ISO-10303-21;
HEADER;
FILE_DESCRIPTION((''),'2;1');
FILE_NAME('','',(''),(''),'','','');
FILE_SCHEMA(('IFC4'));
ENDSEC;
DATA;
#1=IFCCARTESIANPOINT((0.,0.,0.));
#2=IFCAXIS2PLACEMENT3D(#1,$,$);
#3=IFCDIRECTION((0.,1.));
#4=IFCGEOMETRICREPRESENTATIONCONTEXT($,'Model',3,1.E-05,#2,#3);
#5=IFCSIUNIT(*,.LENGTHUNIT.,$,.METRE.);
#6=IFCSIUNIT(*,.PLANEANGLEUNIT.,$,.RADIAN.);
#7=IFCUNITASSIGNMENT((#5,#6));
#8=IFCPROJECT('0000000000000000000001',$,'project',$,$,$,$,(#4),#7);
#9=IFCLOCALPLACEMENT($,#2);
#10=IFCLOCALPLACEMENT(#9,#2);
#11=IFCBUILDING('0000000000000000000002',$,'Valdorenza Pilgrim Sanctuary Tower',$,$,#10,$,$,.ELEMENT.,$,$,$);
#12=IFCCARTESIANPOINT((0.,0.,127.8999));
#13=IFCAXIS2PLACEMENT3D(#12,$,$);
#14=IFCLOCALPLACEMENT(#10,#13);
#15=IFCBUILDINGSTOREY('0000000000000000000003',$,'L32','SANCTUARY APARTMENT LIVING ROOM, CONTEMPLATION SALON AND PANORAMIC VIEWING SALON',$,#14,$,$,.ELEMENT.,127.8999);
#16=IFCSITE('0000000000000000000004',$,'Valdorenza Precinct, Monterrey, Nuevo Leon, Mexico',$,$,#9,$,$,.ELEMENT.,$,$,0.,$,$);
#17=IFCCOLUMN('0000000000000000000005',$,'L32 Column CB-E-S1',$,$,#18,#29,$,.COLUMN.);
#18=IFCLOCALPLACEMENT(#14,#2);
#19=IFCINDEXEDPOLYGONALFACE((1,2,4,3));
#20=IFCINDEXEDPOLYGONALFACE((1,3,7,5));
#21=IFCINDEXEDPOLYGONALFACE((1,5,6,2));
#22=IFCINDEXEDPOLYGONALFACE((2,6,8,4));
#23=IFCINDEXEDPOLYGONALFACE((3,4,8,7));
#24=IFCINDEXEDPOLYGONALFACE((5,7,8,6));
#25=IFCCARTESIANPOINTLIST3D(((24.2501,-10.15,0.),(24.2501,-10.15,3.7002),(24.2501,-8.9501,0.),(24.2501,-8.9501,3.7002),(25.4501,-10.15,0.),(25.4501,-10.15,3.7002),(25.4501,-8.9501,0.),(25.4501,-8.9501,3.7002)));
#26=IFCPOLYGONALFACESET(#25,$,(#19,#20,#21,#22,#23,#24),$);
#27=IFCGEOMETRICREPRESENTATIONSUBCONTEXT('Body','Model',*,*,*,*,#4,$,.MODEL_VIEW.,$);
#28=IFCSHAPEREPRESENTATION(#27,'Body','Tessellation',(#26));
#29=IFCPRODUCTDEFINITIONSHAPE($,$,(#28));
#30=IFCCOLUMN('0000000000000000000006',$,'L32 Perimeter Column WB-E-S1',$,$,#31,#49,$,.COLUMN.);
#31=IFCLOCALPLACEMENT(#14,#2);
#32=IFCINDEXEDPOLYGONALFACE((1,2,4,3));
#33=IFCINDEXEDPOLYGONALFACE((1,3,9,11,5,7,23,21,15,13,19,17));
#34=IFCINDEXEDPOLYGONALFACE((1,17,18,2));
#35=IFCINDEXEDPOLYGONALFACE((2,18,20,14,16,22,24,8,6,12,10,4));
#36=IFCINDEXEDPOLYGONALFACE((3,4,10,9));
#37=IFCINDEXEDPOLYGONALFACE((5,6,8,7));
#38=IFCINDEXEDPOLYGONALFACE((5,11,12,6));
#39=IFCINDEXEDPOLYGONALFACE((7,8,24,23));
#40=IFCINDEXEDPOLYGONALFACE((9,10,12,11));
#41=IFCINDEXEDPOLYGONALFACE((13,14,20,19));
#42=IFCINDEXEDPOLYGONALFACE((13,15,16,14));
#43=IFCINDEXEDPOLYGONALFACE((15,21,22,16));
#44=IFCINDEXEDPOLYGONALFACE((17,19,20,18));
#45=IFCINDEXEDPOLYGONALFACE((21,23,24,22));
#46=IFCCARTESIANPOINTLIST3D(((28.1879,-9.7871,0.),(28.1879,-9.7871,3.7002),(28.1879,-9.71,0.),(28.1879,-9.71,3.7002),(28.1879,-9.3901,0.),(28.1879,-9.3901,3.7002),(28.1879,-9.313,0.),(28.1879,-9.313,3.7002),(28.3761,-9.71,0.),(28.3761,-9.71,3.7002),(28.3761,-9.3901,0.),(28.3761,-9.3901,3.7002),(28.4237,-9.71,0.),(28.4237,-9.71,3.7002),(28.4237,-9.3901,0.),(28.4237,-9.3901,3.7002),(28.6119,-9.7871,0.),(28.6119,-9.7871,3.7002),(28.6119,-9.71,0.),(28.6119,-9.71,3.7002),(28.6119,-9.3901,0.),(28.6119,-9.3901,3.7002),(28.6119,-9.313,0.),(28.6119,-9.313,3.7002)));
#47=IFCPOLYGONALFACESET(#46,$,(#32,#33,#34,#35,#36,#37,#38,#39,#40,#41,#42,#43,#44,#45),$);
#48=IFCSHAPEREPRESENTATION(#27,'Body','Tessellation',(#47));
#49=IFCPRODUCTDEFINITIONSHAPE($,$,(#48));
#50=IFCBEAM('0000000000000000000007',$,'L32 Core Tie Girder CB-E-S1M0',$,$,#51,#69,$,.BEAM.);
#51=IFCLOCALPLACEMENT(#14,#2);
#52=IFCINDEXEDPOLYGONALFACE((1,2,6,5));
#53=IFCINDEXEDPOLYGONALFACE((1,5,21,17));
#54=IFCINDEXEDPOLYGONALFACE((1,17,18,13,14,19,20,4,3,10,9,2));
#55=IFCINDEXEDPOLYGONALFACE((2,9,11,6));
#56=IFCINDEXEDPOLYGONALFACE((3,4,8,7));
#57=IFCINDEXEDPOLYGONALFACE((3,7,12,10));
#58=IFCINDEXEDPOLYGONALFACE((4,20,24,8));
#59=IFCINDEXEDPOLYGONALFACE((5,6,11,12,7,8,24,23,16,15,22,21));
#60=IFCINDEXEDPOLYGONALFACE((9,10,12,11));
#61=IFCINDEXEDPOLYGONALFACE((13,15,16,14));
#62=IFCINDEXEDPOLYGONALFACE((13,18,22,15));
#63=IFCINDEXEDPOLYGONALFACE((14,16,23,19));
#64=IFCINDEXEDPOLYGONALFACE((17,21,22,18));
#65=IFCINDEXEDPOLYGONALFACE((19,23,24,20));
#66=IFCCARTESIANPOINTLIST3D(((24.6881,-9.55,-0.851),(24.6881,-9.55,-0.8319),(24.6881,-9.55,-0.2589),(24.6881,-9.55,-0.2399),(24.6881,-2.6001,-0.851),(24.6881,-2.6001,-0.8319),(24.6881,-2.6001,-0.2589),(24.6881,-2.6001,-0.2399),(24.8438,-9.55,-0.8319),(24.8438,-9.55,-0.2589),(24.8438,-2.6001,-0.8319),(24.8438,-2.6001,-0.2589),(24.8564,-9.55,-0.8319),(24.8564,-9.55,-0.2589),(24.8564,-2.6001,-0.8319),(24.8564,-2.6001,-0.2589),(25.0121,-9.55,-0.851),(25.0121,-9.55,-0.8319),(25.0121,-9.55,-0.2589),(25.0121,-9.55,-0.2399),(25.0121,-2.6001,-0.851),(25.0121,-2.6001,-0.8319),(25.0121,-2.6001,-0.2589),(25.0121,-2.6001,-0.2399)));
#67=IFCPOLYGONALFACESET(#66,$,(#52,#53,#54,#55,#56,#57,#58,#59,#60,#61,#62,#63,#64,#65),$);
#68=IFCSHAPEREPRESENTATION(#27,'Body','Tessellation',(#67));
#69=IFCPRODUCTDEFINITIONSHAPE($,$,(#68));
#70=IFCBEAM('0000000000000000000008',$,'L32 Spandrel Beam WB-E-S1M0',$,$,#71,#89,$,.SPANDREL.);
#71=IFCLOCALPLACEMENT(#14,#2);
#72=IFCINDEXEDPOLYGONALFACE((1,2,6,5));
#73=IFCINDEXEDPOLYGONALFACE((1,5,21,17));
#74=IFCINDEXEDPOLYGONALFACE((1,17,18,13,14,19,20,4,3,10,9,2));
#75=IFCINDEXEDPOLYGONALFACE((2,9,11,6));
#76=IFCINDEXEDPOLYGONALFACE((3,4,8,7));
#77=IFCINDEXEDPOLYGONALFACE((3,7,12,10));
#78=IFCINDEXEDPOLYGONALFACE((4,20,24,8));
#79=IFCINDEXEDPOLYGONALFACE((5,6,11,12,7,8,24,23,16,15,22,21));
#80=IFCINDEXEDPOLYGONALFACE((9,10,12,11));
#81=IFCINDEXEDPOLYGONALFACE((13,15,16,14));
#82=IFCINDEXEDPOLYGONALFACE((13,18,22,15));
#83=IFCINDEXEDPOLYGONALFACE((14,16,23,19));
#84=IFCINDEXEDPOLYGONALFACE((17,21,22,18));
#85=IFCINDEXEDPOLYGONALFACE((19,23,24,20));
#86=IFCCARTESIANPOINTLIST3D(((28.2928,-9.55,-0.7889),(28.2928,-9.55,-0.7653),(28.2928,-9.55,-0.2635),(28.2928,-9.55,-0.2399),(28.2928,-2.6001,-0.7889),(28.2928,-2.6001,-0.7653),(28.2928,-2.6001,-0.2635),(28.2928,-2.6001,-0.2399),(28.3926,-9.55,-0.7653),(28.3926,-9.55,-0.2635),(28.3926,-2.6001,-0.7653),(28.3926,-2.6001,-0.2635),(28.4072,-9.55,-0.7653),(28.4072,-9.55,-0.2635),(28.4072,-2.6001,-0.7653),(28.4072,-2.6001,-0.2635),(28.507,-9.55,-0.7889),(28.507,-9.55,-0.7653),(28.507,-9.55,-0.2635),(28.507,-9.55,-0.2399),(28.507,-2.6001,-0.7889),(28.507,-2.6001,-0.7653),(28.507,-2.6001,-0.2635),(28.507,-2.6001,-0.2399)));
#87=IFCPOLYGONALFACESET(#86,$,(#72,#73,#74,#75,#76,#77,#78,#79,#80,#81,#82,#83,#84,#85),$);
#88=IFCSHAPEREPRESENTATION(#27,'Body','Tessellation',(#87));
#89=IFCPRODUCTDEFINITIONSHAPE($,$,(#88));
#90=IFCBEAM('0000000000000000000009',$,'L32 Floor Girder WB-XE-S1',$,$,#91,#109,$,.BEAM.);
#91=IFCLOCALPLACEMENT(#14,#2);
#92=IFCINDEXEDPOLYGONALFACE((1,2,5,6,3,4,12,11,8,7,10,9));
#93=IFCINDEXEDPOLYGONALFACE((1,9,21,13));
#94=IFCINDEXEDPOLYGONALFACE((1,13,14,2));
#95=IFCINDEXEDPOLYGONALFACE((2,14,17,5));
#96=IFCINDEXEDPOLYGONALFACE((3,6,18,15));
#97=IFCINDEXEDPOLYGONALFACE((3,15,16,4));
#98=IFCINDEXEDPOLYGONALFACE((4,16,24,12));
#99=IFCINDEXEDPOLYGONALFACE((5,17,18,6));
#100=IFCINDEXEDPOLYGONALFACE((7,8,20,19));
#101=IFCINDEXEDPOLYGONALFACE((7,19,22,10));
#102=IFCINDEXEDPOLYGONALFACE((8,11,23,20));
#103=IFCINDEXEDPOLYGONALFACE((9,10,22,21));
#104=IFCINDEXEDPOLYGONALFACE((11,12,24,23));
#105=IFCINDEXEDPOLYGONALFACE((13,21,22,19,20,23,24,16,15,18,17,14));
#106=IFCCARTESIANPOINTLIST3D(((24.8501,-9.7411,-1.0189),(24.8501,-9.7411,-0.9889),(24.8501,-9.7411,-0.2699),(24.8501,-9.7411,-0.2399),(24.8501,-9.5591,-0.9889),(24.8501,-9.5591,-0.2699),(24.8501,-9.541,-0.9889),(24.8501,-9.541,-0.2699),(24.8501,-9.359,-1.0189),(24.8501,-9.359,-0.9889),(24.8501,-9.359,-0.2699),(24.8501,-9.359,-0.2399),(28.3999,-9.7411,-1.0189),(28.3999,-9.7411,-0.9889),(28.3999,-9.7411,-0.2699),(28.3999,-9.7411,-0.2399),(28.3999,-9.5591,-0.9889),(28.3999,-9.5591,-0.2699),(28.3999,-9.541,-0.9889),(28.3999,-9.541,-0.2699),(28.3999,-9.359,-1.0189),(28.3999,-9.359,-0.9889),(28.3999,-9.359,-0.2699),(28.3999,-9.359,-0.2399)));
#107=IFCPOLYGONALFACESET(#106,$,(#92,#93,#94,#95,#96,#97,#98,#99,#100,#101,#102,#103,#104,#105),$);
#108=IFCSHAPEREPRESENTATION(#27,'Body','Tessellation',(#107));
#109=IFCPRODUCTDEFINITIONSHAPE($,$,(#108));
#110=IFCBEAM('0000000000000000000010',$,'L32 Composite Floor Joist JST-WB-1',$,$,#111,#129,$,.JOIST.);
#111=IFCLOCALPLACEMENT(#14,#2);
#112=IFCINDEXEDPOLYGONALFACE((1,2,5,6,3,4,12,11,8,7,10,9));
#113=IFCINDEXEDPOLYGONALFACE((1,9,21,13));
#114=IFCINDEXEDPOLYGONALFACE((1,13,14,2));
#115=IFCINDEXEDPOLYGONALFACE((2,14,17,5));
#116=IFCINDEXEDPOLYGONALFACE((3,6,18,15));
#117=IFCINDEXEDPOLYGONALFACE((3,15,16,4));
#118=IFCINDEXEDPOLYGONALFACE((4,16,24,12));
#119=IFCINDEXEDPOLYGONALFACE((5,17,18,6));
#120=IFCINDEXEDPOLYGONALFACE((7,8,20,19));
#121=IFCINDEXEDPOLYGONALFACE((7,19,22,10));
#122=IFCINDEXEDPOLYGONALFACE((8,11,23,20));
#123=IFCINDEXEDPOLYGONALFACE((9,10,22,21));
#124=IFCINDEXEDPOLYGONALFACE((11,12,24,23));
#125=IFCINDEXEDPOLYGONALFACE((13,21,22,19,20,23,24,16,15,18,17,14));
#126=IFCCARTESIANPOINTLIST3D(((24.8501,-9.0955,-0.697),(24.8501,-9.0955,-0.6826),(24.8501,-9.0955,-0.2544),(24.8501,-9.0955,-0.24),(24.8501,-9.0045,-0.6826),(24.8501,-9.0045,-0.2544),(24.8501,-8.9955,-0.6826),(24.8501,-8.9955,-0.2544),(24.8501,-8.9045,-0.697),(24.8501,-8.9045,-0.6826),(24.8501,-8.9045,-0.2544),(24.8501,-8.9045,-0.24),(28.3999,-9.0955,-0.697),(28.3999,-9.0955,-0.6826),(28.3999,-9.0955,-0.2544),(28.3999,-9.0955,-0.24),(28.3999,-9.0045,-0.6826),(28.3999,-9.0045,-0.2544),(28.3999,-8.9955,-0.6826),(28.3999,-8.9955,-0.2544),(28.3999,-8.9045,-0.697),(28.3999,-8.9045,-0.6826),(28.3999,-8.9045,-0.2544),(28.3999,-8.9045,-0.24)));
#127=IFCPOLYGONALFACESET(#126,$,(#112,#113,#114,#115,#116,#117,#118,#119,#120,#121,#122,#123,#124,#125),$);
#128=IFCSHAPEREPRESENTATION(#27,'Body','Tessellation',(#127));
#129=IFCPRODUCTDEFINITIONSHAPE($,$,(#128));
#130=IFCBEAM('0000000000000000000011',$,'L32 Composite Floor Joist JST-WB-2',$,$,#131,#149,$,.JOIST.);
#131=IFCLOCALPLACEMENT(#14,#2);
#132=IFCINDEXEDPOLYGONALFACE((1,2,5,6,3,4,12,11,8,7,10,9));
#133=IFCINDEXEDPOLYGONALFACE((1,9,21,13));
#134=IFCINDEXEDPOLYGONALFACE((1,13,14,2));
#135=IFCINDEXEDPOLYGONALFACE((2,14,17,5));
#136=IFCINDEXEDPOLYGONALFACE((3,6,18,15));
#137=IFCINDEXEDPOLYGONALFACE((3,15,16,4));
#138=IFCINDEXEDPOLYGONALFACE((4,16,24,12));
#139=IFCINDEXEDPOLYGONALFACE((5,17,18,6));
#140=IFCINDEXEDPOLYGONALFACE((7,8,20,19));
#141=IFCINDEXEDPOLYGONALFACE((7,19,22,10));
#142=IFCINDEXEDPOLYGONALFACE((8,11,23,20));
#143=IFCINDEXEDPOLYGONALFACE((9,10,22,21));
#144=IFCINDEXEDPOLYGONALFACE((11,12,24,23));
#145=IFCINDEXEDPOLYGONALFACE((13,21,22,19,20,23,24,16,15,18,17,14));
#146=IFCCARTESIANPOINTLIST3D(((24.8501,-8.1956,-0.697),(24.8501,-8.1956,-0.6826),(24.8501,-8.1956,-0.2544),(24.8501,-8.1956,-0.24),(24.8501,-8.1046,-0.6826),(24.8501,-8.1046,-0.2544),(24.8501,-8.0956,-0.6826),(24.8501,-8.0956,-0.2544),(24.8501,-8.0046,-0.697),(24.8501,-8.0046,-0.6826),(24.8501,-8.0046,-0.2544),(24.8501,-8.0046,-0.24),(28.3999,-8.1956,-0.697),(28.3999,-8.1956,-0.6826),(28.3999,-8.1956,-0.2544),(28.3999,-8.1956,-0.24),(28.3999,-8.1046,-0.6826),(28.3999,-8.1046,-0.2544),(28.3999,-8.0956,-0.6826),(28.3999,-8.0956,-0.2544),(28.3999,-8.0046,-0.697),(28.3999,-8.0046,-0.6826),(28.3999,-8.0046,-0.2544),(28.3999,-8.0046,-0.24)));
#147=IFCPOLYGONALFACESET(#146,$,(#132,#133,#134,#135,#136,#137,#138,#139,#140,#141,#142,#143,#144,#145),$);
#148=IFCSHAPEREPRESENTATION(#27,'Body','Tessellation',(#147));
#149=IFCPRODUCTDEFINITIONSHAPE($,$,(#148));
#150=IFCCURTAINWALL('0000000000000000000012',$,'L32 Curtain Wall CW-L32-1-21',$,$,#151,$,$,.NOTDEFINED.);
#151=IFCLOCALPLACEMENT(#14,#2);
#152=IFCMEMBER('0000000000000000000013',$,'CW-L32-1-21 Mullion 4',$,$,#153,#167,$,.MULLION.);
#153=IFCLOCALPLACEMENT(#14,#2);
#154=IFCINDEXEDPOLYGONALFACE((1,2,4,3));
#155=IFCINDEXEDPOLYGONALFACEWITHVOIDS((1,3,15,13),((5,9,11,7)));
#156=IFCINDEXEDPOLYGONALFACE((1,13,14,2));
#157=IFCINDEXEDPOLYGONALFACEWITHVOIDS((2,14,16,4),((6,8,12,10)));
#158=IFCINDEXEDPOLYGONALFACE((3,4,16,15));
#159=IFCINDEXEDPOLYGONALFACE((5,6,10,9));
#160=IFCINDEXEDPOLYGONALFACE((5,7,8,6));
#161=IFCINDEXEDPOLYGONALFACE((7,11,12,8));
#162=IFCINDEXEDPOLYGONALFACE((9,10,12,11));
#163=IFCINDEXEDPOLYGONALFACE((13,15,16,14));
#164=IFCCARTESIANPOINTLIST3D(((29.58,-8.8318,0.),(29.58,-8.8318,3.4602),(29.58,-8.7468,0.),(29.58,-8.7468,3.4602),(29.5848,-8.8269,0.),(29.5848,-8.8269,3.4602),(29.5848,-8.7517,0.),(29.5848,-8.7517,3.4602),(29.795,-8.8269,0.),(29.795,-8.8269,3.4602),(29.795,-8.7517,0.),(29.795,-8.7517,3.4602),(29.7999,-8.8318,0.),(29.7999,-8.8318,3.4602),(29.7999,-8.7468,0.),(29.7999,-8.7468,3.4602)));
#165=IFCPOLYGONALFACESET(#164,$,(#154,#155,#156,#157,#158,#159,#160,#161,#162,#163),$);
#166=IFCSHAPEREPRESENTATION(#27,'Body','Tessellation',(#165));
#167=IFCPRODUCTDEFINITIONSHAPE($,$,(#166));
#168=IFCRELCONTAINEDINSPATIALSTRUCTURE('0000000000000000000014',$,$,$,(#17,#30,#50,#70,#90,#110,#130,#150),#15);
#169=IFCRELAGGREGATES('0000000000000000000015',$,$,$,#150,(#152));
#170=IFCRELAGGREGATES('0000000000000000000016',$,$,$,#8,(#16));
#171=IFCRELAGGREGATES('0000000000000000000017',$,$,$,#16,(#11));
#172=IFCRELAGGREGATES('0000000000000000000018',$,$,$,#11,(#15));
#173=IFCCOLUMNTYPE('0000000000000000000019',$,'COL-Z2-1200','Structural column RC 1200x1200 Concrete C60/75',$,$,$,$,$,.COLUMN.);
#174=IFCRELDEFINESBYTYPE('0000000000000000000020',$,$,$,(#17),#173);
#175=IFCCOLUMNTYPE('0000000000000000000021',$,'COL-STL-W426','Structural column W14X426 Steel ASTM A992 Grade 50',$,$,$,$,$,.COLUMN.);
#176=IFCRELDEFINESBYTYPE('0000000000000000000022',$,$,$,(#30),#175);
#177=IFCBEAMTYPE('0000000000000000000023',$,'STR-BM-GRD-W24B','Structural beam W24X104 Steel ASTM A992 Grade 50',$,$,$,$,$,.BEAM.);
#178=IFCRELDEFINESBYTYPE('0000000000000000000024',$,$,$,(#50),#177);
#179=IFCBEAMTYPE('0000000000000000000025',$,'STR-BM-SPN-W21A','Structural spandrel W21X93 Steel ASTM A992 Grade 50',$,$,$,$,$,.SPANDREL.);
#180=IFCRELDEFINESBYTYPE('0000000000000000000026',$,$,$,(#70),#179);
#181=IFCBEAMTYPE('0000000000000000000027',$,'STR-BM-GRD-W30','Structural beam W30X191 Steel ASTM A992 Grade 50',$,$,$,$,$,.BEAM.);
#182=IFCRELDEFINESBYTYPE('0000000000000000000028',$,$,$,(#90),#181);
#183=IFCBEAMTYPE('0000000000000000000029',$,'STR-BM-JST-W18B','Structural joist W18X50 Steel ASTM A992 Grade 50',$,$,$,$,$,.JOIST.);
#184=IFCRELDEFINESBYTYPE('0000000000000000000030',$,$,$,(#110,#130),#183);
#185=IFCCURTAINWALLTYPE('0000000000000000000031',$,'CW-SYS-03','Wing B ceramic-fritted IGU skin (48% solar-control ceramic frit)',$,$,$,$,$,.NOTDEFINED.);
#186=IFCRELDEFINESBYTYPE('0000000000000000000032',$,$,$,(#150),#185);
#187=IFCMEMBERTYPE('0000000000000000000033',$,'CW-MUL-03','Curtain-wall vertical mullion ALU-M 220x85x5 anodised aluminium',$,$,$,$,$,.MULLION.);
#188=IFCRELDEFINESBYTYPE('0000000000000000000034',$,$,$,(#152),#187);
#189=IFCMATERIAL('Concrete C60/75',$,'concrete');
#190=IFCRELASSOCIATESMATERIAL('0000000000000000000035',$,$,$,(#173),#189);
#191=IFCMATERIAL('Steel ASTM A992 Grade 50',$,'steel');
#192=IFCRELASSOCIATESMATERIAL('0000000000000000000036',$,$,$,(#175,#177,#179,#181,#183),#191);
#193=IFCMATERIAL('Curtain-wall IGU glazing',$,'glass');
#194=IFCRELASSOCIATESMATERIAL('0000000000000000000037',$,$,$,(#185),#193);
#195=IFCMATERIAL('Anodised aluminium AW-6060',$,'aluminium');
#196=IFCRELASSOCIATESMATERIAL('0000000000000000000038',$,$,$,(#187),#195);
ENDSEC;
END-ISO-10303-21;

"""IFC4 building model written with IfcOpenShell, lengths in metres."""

from ifc_helpers import new_model, si_unit, direction, frame, origin, origin_2d, place, context, subcontext, project, spatial, rectangle, hollow_rectangle, i_section, extrude, source, transform, mapped, material, material_profile, profile_set, type_object, element, aggregate, save


model = new_model("IFC4")

# Units and contexts
model_context = context("Model", 3, precision=1e-05, world=origin(), true_north=direction((0.0, 1.0)))
body_context = subcontext(model_context, "Body", "Model", "MODEL_VIEW")
ifc_project = project(units=[si_unit("LENGTHUNIT", "METRE"), si_unit("PLANEANGLEUNIT", "RADIAN")], contexts=[model_context])

# Site, building, storey
site_placement = place(None, origin())
site = spatial("IfcSite", under=ifc_project, at=site_placement, Name="Valdorenza Precinct, Monterrey, Nuevo Leon, Mexico", CompositionType="ELEMENT", RefElevation=0.0)
building_placement = place(site_placement, origin())
building = spatial("IfcBuilding", under=site, at=building_placement, Name="Valdorenza Pilgrim Sanctuary Tower", CompositionType="ELEMENT")
storey_placement = place(building_placement, frame((0.0, 0.0, 127.8999)))
storey = spatial("IfcBuildingStorey", under=building, at=storey_placement, Name="L32", Description="SANCTUARY APARTMENT LIVING ROOM, CONTEMPLATION SALON AND PANORAMIC VIEWING SALON", CompositionType="ELEMENT", Elevation=127.8999)

# Columns
ifc_material_1 = material(Name="Concrete C60/75", Category="concrete")
ifc_material_profile_1 = material_profile(ifc_material_1, rectangle(XDim=1.2, YDim=1.2, at=origin_2d()), Name="RC 1200x1200")
ifc_profile_set_1 = profile_set([ifc_material_profile_1], Name="Concrete C60/75")
column_type_1 = type_object("IfcColumnType", Name="COL-Z2-1200", Description="Structural column RC 1200x1200 Concrete C60/75", PredefinedType="COLUMN", material=ifc_profile_set_1)
shared_shape_1 = source(origin(), body_context, "Body", "SweptSolid", [
    extrude(rectangle(XDim=1.2, YDim=1.2, at=origin_2d()), origin(), (0.0, 0.0, 1.0), 3.7002),
])
column_1_placement = place(storey_placement, frame((24.8501, -9.55, 0.0), z_axis=(0.0, 0.0, 1.0), x_axis=(1.0, 0.0, 0.0)))
element("IfcColumn", 1, at=column_1_placement, inside=storey, type_object=column_type_1, Name="L32 Column CB-E-S1", PredefinedType="COLUMN", context=body_context, shape_type="MappedRepresentation", body=[
    mapped(shared_shape_1, transform((0.0, 0.0, 0.0), x_axis=(1.0, 0.0, 0.0), y_axis=(0.0, 1.0, 0.0), z_axis=(0.0, 0.0, 1.0), scale=1.0)),
])
ifc_material_2 = material(Name="Steel ASTM A992 Grade 50", Category="steel")
ifc_material_profile_2 = material_profile(ifc_material_2, i_section(OverallWidth=0.4241, OverallDepth=0.4741, WebThickness=0.0476, FlangeThickness=0.0771, at=origin_2d()), Name="W14X426")
ifc_profile_set_2 = profile_set([ifc_material_profile_2], Name="Steel ASTM A992 Grade 50")
column_type_2 = type_object("IfcColumnType", Name="COL-STL-W426", Description="Structural column W14X426 Steel ASTM A992 Grade 50", PredefinedType="COLUMN", material=ifc_profile_set_2)
shared_shape_2 = source(origin(), body_context, "Body", "SweptSolid", [
    extrude(i_section(OverallWidth=0.4241, OverallDepth=0.4741, WebThickness=0.0476, FlangeThickness=0.0771, at=origin_2d()), origin(), (0.0, 0.0, 1.0), 3.7002),
])
column_2_placement = place(storey_placement, frame((28.3999, -9.55, 0.0), z_axis=(0.0, 0.0, 1.0), x_axis=(1.0, 0.0, 0.0)))
element("IfcColumn", 2, at=column_2_placement, inside=storey, type_object=column_type_2, Name="L32 Perimeter Column WB-E-S1", PredefinedType="COLUMN", context=body_context, shape_type="MappedRepresentation", body=[
    mapped(shared_shape_2, transform((0.0, 0.0, 0.0), x_axis=(1.0, 0.0, 0.0), y_axis=(0.0, 1.0, 0.0), z_axis=(0.0, 0.0, 1.0), scale=1.0)),
])

# Beams
ifc_material_profile_3 = material_profile(ifc_material_2, i_section(OverallWidth=0.324, OverallDepth=0.6111, WebThickness=0.0127, FlangeThickness=0.019, at=origin_2d()), Name="W24X104")
ifc_profile_set_3 = profile_set([ifc_material_profile_3], Name="Steel ASTM A992 Grade 50")
beam_type_1 = type_object("IfcBeamType", Name="STR-BM-GRD-W24B", Description="Structural beam W24X104 Steel ASTM A992 Grade 50", PredefinedType="BEAM", material=ifc_profile_set_3)
shared_shape_3 = source(origin(), body_context, "Body", "SweptSolid", [
    extrude(i_section(OverallWidth=0.324, OverallDepth=0.6111, WebThickness=0.0127, FlangeThickness=0.019, at=origin_2d()), origin(), (0.0, 0.0, 1.0), 6.95),
])
beam_1_placement = place(storey_placement, frame((24.8501, -9.55, -0.5454), z_axis=(0.0, 1.0, 0.0), x_axis=(-1.0, 0.0, 0.0)))
element("IfcBeam", 3, at=beam_1_placement, inside=storey, type_object=beam_type_1, Name="L32 Core Tie Girder CB-E-S1M0", PredefinedType="BEAM", context=body_context, shape_type="MappedRepresentation", body=[
    mapped(shared_shape_3, transform((0.0, 0.0, 0.0), x_axis=(1.0, 0.0, 0.0), y_axis=(0.0, 1.0, 0.0), z_axis=(0.0, 0.0, 1.0), scale=1.0)),
])
ifc_material_profile_4 = material_profile(ifc_material_2, i_section(OverallWidth=0.2141, OverallDepth=0.5491, WebThickness=0.0146, FlangeThickness=0.0237, at=origin_2d()), Name="W21X93")
ifc_profile_set_4 = profile_set([ifc_material_profile_4], Name="Steel ASTM A992 Grade 50")
beam_type_2 = type_object("IfcBeamType", Name="STR-BM-SPN-W21A", Description="Structural spandrel W21X93 Steel ASTM A992 Grade 50", PredefinedType="SPANDREL", material=ifc_profile_set_4)
shared_shape_4 = source(origin(), body_context, "Body", "SweptSolid", [
    extrude(i_section(OverallWidth=0.2141, OverallDepth=0.5491, WebThickness=0.0146, FlangeThickness=0.0237, at=origin_2d()), origin(), (0.0, 0.0, 1.0), 6.95),
])
beam_2_placement = place(storey_placement, frame((28.3999, -9.55, -0.5144), z_axis=(0.0, 1.0, 0.0), x_axis=(-1.0, 0.0, 0.0)))
element("IfcBeam", 4, at=beam_2_placement, inside=storey, type_object=beam_type_2, Name="L32 Spandrel Beam WB-E-S1M0", PredefinedType="SPANDREL", context=body_context, shape_type="MappedRepresentation", body=[
    mapped(shared_shape_4, transform((0.0, 0.0, 0.0), x_axis=(1.0, 0.0, 0.0), y_axis=(0.0, 1.0, 0.0), z_axis=(0.0, 0.0, 1.0), scale=1.0)),
])
ifc_material_profile_5 = material_profile(ifc_material_2, i_section(OverallWidth=0.3821, OverallDepth=0.7791, WebThickness=0.0181, FlangeThickness=0.03, at=origin_2d()), Name="W30X191")
ifc_profile_set_5 = profile_set([ifc_material_profile_5], Name="Steel ASTM A992 Grade 50")
beam_type_3 = type_object("IfcBeamType", Name="STR-BM-GRD-W30", Description="Structural beam W30X191 Steel ASTM A992 Grade 50", PredefinedType="BEAM", material=ifc_profile_set_5)
shared_shape_5 = source(origin(), body_context, "Body", "SweptSolid", [
    extrude(i_section(OverallWidth=0.3821, OverallDepth=0.7791, WebThickness=0.0181, FlangeThickness=0.03, at=origin_2d()), origin(), (0.0, 0.0, 1.0), 3.5498),
])
beam_3_placement = place(storey_placement, frame((24.8501, -9.55, -0.6294), z_axis=(1.0, 0.0, 0.0), x_axis=(0.0, 1.0, 0.0)))
element("IfcBeam", 5, at=beam_3_placement, inside=storey, type_object=beam_type_3, Name="L32 Floor Girder WB-XE-S1", PredefinedType="BEAM", context=body_context, shape_type="MappedRepresentation", body=[
    mapped(shared_shape_5, transform((0.0, 0.0, 0.0), x_axis=(1.0, 0.0, 0.0), y_axis=(0.0, 1.0, 0.0), z_axis=(0.0, 0.0, 1.0), scale=1.0)),
])
ifc_material_profile_6 = material_profile(ifc_material_2, i_section(OverallWidth=0.1909, OverallDepth=0.457, WebThickness=0.009, FlangeThickness=0.0144, at=origin_2d()), Name="W18X50")
ifc_profile_set_6 = profile_set([ifc_material_profile_6], Name="Steel ASTM A992 Grade 50")
beam_type_4 = type_object("IfcBeamType", Name="STR-BM-JST-W18B", Description="Structural joist W18X50 Steel ASTM A992 Grade 50", PredefinedType="JOIST", material=ifc_profile_set_6)
shared_shape_6 = source(origin(), body_context, "Body", "SweptSolid", [
    extrude(i_section(OverallWidth=0.1909, OverallDepth=0.457, WebThickness=0.009, FlangeThickness=0.0144, at=origin_2d()), origin(), (0.0, 0.0, 1.0), 3.5498),
])
for number, where, z_axis, x_axis, name in (
    (6, (24.8501, -9.0, -0.4685), (1.0, 0.0, 0.0), (0.0, 1.0, 0.0), "L32 Composite Floor Joist JST-WB-1"),
    (7, (24.8501, -8.1001, -0.4685), (1.0, 0.0, 0.0), (0.0, 1.0, 0.0), "L32 Composite Floor Joist JST-WB-2"),
):
    element("IfcBeam", number, at=place(storey_placement, frame(where, z_axis=z_axis, x_axis=x_axis)), inside=storey, type_object=beam_type_4, Name=name, PredefinedType="JOIST", context=body_context, shape_type="MappedRepresentation", body=[
        mapped(shared_shape_6, transform((0.0, 0.0, 0.0), x_axis=(1.0, 0.0, 0.0), y_axis=(0.0, 1.0, 0.0), z_axis=(0.0, 0.0, 1.0), scale=1.0)),
    ])

# Curtain wall, member
ifc_material_3 = material(Name="Curtain-wall IGU glazing", Category="glass")
curtain_wall_type = type_object("IfcCurtainWallType", Name="CW-SYS-03", Description="Wing B ceramic-fritted IGU skin (48% solar-control ceramic frit)", PredefinedType="NOTDEFINED", material=ifc_material_3)
curtain_wall_1_placement = place(storey_placement, origin())
curtain_wall_1 = element("IfcCurtainWall", 8, at=curtain_wall_1_placement, inside=storey, type_object=curtain_wall_type, Name="L32 Curtain Wall CW-L32-1-21", PredefinedType="NOTDEFINED")
ifc_material_4 = material(Name="Anodised aluminium AW-6060", Category="aluminium")
ifc_material_profile_7 = material_profile(ifc_material_4, hollow_rectangle(XDim=0.085, YDim=0.22, WallThickness=0.0049, at=origin_2d()), Name="ALU-M 220x85x5")
ifc_profile_set_7 = profile_set([ifc_material_profile_7], Name="Anodised aluminium AW-6060")
member_type_1 = type_object("IfcMemberType", Name="CW-MUL-03", Description="Curtain-wall vertical mullion ALU-M 220x85x5 anodised aluminium", PredefinedType="MULLION", material=ifc_profile_set_7)
shared_shape_7 = source(origin(), body_context, "Body", "SweptSolid", [
    extrude(hollow_rectangle(XDim=0.085, YDim=0.22, WallThickness=0.0049, at=origin_2d()), origin(), (0.0, 0.0, 1.0), 3.4602),
])
member_1_placement = place(storey_placement, frame((29.6899, -8.7893, 0.0), z_axis=(0.0, 0.0, 1.0), x_axis=(0.0, -1.0, 0.0)))
member_1 = element("IfcMember", 9, at=member_1_placement, type_object=member_type_1, Name="CW-L32-1-21 Mullion 4", PredefinedType="MULLION", context=body_context, shape_type="MappedRepresentation", body=[
    mapped(shared_shape_7, transform((0.0, 0.0, 0.0), x_axis=(1.0, 0.0, 0.0), y_axis=(0.0, 1.0, 0.0), z_axis=(0.0, 0.0, 1.0), scale=1.0)),
])
aggregate(curtain_wall_1, [member_1])

save(model, "model.ifc")
